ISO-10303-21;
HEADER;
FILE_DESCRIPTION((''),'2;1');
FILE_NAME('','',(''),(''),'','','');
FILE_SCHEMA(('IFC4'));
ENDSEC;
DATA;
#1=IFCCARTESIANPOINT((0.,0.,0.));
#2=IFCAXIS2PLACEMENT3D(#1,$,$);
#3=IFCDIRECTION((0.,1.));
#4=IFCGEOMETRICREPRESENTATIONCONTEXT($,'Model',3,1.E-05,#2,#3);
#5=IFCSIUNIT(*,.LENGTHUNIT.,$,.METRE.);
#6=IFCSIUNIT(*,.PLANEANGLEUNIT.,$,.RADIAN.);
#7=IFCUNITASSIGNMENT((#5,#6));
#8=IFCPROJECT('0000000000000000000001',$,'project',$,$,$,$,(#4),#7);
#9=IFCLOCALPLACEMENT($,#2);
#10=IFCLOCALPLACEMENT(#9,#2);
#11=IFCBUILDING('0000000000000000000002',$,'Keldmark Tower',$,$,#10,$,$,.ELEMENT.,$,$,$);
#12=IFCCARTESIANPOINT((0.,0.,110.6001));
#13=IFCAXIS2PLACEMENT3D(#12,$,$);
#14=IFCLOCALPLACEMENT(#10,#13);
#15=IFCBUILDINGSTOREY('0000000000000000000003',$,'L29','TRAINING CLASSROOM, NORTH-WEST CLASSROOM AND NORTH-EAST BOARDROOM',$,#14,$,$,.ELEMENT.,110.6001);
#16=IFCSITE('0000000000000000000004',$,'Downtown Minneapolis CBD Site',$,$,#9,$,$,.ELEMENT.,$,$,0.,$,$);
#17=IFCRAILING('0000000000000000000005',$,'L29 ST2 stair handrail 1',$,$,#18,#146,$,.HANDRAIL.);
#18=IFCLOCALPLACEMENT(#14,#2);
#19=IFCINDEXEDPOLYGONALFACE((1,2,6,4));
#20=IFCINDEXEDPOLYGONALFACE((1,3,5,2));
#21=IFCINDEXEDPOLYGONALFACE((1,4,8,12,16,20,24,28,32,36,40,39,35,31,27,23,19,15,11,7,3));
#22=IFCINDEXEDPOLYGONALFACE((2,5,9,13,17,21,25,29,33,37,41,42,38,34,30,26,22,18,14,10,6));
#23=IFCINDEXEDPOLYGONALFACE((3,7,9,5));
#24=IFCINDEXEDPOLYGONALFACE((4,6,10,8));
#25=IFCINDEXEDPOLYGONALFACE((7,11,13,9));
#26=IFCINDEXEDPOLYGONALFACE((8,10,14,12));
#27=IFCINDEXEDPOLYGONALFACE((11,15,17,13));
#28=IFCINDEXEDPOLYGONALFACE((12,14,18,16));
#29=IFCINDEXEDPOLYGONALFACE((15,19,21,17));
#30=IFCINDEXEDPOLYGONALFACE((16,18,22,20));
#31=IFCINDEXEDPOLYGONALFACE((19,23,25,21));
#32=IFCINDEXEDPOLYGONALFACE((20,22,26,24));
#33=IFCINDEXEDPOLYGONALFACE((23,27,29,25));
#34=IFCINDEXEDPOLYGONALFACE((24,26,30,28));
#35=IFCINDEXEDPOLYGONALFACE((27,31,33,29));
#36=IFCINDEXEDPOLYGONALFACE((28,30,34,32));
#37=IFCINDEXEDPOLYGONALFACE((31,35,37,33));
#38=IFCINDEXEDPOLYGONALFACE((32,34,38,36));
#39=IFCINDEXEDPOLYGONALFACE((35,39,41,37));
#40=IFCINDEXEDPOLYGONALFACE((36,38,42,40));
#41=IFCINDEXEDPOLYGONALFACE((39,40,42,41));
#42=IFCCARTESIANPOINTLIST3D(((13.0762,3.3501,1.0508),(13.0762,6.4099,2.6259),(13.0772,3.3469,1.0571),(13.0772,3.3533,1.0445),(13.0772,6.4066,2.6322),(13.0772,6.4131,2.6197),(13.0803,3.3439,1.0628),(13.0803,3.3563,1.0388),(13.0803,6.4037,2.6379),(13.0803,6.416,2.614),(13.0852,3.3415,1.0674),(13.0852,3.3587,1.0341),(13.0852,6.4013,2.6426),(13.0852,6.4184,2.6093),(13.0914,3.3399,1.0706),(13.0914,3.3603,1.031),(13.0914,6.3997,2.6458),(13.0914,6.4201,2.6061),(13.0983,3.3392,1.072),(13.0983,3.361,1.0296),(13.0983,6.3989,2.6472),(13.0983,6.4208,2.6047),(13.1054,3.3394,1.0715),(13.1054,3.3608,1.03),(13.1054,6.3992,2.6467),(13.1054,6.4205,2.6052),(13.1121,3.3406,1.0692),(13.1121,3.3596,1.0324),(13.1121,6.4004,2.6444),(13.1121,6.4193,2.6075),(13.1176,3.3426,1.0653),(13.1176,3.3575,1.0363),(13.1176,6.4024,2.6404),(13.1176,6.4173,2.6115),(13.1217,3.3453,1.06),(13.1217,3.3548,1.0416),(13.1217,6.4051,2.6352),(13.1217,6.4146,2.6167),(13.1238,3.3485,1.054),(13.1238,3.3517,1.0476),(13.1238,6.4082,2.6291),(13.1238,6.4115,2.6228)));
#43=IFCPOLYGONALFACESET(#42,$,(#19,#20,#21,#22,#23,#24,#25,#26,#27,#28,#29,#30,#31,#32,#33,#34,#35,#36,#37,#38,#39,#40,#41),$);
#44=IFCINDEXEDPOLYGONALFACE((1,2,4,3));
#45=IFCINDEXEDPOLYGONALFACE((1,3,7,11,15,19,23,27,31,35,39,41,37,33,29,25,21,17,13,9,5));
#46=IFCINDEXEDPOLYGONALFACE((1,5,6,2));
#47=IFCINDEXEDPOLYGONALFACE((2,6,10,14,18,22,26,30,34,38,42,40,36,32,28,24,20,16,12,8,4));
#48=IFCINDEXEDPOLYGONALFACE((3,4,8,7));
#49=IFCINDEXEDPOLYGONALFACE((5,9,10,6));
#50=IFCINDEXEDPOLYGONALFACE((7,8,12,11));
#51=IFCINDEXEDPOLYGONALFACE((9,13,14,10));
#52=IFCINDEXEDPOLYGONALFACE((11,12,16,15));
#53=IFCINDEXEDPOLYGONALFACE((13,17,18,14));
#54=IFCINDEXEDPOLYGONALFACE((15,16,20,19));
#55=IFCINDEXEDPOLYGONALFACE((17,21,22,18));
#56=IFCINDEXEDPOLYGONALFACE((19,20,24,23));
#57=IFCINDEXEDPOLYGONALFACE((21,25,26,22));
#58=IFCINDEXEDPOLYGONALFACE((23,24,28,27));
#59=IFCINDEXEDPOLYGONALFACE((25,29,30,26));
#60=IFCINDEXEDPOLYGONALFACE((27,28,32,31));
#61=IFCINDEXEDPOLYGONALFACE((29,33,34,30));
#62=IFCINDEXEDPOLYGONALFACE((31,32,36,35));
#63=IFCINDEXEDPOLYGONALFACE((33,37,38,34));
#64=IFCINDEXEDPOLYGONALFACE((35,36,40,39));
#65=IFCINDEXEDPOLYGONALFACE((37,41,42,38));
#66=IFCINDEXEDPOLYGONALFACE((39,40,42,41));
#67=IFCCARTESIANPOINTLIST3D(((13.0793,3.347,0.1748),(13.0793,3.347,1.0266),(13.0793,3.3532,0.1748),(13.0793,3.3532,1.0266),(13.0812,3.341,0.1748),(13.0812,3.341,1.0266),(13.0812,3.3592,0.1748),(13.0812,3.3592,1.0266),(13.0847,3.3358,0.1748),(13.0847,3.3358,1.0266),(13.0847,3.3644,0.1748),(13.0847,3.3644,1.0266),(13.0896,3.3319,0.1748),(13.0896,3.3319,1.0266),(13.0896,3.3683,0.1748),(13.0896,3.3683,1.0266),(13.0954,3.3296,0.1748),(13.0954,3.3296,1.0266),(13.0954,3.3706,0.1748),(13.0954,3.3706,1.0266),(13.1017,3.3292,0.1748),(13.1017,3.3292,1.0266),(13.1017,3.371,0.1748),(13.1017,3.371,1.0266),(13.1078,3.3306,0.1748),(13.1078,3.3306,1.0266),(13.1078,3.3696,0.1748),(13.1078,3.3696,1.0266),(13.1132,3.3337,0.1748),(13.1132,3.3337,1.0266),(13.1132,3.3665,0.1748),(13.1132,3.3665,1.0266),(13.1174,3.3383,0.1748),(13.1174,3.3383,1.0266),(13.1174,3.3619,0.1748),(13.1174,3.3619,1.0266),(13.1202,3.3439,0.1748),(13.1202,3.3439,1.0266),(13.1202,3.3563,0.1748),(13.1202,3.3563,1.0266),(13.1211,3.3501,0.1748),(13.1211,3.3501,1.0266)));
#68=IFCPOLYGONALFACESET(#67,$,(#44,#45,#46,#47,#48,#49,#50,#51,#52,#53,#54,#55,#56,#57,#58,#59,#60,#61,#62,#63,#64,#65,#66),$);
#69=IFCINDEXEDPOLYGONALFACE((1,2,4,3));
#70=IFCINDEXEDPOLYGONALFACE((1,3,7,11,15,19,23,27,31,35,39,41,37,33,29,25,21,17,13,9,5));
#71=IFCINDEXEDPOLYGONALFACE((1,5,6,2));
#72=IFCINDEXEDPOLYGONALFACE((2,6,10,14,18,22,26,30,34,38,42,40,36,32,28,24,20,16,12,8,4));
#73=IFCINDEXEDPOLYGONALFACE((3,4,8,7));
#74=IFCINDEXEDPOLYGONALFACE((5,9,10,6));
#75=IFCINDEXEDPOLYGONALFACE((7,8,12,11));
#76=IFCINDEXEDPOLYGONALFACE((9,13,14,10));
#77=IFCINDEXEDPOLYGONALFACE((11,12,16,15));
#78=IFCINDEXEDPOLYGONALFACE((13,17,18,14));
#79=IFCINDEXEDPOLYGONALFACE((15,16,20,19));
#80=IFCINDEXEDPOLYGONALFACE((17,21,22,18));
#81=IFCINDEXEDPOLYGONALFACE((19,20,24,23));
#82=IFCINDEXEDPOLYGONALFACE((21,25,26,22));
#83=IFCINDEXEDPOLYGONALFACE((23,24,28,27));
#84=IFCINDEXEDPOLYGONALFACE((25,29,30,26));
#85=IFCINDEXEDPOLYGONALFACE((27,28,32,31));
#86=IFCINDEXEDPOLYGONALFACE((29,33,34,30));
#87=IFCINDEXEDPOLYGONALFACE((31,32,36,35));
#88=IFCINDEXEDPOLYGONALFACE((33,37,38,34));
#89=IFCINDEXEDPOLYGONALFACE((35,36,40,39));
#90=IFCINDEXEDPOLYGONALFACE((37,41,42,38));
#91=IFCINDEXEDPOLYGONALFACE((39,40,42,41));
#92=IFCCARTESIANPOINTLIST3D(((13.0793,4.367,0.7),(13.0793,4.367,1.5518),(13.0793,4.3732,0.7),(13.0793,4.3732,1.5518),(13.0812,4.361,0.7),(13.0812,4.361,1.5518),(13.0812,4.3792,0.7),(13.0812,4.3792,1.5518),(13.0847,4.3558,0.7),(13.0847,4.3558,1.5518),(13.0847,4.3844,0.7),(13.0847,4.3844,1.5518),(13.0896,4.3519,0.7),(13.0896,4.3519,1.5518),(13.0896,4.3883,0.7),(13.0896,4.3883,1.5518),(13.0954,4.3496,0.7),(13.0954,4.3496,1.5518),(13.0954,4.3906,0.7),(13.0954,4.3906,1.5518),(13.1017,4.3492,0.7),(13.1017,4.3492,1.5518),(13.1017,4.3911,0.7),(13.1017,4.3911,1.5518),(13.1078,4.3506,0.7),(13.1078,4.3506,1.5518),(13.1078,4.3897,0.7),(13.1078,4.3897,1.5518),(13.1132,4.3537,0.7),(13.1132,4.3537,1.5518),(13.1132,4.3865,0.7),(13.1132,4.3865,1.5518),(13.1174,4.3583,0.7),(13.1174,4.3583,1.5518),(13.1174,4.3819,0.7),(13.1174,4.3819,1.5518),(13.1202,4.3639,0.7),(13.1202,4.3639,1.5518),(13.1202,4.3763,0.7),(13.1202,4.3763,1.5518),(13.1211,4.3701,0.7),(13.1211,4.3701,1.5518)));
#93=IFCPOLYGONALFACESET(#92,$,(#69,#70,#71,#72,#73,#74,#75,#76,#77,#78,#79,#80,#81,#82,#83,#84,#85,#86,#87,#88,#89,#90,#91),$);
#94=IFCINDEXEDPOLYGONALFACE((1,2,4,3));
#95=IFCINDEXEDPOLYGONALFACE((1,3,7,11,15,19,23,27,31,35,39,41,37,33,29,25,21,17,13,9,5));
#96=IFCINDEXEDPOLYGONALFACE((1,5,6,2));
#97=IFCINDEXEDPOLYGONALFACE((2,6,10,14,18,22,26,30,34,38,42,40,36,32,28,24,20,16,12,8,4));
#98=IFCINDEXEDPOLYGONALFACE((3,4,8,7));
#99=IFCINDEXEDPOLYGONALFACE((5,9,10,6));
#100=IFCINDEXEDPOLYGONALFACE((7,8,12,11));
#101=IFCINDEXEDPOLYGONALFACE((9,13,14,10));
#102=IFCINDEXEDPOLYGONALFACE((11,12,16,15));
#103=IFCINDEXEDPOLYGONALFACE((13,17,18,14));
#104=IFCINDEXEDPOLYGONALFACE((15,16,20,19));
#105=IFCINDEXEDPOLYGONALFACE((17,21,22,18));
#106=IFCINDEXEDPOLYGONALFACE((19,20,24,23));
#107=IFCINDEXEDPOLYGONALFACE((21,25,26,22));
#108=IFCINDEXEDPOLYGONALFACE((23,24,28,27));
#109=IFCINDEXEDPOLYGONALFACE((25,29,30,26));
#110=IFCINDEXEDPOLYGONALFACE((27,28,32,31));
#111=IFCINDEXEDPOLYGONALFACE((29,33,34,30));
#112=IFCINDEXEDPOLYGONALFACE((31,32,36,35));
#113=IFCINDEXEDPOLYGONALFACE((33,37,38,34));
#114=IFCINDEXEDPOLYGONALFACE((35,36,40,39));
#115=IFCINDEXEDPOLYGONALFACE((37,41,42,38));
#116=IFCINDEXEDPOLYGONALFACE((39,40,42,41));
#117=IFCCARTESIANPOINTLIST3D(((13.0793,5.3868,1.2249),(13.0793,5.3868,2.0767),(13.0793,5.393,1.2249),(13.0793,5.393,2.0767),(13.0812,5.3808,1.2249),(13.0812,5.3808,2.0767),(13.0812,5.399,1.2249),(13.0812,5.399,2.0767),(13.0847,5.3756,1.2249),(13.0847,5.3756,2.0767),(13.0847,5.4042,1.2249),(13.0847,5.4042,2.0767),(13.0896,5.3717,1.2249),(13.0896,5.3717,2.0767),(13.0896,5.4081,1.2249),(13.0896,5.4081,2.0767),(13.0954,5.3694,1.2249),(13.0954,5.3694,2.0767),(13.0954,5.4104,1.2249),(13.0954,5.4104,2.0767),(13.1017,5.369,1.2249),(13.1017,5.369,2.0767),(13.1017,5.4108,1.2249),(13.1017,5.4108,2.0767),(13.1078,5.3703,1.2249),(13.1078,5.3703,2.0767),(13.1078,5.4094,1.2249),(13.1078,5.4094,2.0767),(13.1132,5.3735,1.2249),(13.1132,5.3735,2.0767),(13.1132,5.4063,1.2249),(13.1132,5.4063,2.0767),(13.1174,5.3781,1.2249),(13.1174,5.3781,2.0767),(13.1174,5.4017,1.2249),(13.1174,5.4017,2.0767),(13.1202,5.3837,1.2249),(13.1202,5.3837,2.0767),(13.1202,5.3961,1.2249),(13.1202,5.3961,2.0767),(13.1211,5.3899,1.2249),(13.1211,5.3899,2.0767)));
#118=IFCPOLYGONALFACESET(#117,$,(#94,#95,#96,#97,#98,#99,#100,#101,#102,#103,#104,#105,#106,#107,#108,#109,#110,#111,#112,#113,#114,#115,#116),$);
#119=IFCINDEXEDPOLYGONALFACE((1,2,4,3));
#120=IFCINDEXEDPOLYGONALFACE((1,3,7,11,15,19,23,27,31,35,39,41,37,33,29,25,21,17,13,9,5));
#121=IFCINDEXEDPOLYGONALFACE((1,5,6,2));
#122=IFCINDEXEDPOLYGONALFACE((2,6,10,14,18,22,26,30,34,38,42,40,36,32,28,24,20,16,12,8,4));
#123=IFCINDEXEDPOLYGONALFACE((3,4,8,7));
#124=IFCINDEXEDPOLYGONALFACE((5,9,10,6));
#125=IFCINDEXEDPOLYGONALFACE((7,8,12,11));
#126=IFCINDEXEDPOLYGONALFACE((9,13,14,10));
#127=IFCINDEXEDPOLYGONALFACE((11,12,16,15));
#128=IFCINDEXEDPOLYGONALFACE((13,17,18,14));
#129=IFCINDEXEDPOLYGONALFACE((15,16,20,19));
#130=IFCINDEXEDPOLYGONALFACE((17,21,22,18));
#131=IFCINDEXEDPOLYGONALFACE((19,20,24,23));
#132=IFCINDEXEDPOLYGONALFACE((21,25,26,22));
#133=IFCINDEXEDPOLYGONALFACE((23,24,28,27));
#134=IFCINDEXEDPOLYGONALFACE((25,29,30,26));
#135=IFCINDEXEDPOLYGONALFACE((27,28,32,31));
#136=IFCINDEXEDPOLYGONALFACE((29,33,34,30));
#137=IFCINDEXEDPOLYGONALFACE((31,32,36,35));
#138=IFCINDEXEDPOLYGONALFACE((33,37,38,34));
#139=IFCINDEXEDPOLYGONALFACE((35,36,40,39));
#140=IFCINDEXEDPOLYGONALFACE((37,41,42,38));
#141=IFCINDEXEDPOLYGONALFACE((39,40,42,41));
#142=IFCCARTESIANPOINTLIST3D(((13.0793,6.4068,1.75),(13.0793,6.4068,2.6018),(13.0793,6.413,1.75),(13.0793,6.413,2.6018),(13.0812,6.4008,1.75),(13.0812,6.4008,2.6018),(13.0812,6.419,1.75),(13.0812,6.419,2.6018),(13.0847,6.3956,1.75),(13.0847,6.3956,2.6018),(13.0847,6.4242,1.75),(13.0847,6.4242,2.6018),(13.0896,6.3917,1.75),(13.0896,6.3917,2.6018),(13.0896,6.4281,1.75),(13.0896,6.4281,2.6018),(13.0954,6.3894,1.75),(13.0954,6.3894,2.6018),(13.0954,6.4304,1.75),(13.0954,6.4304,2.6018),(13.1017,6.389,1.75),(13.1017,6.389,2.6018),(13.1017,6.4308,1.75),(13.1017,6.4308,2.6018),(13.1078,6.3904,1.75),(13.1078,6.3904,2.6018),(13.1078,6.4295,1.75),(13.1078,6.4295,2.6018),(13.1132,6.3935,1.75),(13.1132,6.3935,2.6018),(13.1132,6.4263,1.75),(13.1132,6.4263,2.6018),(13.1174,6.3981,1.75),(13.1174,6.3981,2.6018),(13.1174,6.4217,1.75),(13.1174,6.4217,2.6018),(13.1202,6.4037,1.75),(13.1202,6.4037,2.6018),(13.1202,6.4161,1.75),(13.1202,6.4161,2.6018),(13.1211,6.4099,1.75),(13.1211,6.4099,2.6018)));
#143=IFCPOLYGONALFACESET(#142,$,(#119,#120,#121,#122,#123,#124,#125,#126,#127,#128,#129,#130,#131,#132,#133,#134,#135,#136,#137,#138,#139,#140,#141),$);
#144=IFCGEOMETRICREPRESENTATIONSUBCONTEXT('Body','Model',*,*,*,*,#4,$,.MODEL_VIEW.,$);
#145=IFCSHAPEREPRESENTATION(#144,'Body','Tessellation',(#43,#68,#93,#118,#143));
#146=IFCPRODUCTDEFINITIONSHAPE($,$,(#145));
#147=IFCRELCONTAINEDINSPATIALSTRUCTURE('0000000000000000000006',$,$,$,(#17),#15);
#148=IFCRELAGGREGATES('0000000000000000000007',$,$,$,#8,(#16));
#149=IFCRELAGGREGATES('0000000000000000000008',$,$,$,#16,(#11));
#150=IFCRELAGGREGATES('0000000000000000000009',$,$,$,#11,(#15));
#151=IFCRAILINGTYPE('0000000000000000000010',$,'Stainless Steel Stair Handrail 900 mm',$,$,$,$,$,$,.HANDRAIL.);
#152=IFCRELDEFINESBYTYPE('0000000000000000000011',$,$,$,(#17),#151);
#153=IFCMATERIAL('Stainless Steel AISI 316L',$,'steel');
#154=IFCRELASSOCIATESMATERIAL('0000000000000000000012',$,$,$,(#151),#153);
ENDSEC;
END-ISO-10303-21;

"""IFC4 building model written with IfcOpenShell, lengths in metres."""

from ifc_helpers import new_model, si_unit, direction, frame, origin, origin_2d, place, context, subcontext, project, spatial, circle, extrude, material, type_object, element, save


model = new_model("IFC4")

# Units and contexts
model_context = context("Model", 3, precision=1e-05, world=origin(), true_north=direction((0.0, 1.0)))
body_context = subcontext(model_context, "Body", "Model", "MODEL_VIEW")
ifc_project = project(units=[si_unit("LENGTHUNIT", "METRE"), si_unit("PLANEANGLEUNIT", "RADIAN")], contexts=[model_context])

# Site, building, storey
site_placement = place(None, origin())
site = spatial("IfcSite", under=ifc_project, at=site_placement, Name="Downtown Minneapolis CBD Site", CompositionType="ELEMENT", RefElevation=0.0)
building_placement = place(site_placement, origin())
building = spatial("IfcBuilding", under=site, at=building_placement, Name="Keldmark Tower", CompositionType="ELEMENT")
storey_placement = place(building_placement, frame((0.0, 0.0, 110.6001)))
storey = spatial("IfcBuildingStorey", under=building, at=storey_placement, Name="L29", Description="TRAINING CLASSROOM, NORTH-WEST CLASSROOM AND NORTH-EAST BOARDROOM", CompositionType="ELEMENT", Elevation=110.6001)

# Railing
ifc_material_1 = material(Name="Stainless Steel AISI 316L", Category="steel")
railing_type = type_object("IfcRailingType", Name="Stainless Steel Stair Handrail 900 mm", PredefinedType="HANDRAIL", material=ifc_material_1)
railing_placement = place(storey_placement, frame((13.1001, 3.3501, 0.1748)))
element("IfcRailing", 1, at=railing_placement, inside=storey, type_object=railing_type, Name="L29 ST2 stair handrail 1", PredefinedType="HANDRAIL", context=body_context, shape_type="SweptSolid", body=[
    extrude(circle(Radius=0.0239, at=origin_2d()), frame((0.0, 0.0, 0.876), z_axis=(0.0, 0.889101, 0.45771), x_axis=(-1.0, 0.0, 0.0)), (0.0, 0.0, 1.0), 3.4414),
    extrude(circle(Radius=0.021, at=origin_2d()), origin(), (0.0, 0.0, 1.0), 0.8518),
    extrude(circle(Radius=0.021, at=origin_2d()), frame((0.0, 1.02, 0.5251)), (0.0, 0.0, 1.0), 0.8518),
    extrude(circle(Radius=0.021, at=origin_2d()), frame((0.0, 2.0398, 1.05)), (0.0, 0.0, 1.0), 0.8518),
    extrude(circle(Radius=0.021, at=origin_2d()), frame((0.0, 3.0598, 1.5752)), (0.0, 0.0, 1.0), 0.8518),
])

save(model, "model.ifc")
